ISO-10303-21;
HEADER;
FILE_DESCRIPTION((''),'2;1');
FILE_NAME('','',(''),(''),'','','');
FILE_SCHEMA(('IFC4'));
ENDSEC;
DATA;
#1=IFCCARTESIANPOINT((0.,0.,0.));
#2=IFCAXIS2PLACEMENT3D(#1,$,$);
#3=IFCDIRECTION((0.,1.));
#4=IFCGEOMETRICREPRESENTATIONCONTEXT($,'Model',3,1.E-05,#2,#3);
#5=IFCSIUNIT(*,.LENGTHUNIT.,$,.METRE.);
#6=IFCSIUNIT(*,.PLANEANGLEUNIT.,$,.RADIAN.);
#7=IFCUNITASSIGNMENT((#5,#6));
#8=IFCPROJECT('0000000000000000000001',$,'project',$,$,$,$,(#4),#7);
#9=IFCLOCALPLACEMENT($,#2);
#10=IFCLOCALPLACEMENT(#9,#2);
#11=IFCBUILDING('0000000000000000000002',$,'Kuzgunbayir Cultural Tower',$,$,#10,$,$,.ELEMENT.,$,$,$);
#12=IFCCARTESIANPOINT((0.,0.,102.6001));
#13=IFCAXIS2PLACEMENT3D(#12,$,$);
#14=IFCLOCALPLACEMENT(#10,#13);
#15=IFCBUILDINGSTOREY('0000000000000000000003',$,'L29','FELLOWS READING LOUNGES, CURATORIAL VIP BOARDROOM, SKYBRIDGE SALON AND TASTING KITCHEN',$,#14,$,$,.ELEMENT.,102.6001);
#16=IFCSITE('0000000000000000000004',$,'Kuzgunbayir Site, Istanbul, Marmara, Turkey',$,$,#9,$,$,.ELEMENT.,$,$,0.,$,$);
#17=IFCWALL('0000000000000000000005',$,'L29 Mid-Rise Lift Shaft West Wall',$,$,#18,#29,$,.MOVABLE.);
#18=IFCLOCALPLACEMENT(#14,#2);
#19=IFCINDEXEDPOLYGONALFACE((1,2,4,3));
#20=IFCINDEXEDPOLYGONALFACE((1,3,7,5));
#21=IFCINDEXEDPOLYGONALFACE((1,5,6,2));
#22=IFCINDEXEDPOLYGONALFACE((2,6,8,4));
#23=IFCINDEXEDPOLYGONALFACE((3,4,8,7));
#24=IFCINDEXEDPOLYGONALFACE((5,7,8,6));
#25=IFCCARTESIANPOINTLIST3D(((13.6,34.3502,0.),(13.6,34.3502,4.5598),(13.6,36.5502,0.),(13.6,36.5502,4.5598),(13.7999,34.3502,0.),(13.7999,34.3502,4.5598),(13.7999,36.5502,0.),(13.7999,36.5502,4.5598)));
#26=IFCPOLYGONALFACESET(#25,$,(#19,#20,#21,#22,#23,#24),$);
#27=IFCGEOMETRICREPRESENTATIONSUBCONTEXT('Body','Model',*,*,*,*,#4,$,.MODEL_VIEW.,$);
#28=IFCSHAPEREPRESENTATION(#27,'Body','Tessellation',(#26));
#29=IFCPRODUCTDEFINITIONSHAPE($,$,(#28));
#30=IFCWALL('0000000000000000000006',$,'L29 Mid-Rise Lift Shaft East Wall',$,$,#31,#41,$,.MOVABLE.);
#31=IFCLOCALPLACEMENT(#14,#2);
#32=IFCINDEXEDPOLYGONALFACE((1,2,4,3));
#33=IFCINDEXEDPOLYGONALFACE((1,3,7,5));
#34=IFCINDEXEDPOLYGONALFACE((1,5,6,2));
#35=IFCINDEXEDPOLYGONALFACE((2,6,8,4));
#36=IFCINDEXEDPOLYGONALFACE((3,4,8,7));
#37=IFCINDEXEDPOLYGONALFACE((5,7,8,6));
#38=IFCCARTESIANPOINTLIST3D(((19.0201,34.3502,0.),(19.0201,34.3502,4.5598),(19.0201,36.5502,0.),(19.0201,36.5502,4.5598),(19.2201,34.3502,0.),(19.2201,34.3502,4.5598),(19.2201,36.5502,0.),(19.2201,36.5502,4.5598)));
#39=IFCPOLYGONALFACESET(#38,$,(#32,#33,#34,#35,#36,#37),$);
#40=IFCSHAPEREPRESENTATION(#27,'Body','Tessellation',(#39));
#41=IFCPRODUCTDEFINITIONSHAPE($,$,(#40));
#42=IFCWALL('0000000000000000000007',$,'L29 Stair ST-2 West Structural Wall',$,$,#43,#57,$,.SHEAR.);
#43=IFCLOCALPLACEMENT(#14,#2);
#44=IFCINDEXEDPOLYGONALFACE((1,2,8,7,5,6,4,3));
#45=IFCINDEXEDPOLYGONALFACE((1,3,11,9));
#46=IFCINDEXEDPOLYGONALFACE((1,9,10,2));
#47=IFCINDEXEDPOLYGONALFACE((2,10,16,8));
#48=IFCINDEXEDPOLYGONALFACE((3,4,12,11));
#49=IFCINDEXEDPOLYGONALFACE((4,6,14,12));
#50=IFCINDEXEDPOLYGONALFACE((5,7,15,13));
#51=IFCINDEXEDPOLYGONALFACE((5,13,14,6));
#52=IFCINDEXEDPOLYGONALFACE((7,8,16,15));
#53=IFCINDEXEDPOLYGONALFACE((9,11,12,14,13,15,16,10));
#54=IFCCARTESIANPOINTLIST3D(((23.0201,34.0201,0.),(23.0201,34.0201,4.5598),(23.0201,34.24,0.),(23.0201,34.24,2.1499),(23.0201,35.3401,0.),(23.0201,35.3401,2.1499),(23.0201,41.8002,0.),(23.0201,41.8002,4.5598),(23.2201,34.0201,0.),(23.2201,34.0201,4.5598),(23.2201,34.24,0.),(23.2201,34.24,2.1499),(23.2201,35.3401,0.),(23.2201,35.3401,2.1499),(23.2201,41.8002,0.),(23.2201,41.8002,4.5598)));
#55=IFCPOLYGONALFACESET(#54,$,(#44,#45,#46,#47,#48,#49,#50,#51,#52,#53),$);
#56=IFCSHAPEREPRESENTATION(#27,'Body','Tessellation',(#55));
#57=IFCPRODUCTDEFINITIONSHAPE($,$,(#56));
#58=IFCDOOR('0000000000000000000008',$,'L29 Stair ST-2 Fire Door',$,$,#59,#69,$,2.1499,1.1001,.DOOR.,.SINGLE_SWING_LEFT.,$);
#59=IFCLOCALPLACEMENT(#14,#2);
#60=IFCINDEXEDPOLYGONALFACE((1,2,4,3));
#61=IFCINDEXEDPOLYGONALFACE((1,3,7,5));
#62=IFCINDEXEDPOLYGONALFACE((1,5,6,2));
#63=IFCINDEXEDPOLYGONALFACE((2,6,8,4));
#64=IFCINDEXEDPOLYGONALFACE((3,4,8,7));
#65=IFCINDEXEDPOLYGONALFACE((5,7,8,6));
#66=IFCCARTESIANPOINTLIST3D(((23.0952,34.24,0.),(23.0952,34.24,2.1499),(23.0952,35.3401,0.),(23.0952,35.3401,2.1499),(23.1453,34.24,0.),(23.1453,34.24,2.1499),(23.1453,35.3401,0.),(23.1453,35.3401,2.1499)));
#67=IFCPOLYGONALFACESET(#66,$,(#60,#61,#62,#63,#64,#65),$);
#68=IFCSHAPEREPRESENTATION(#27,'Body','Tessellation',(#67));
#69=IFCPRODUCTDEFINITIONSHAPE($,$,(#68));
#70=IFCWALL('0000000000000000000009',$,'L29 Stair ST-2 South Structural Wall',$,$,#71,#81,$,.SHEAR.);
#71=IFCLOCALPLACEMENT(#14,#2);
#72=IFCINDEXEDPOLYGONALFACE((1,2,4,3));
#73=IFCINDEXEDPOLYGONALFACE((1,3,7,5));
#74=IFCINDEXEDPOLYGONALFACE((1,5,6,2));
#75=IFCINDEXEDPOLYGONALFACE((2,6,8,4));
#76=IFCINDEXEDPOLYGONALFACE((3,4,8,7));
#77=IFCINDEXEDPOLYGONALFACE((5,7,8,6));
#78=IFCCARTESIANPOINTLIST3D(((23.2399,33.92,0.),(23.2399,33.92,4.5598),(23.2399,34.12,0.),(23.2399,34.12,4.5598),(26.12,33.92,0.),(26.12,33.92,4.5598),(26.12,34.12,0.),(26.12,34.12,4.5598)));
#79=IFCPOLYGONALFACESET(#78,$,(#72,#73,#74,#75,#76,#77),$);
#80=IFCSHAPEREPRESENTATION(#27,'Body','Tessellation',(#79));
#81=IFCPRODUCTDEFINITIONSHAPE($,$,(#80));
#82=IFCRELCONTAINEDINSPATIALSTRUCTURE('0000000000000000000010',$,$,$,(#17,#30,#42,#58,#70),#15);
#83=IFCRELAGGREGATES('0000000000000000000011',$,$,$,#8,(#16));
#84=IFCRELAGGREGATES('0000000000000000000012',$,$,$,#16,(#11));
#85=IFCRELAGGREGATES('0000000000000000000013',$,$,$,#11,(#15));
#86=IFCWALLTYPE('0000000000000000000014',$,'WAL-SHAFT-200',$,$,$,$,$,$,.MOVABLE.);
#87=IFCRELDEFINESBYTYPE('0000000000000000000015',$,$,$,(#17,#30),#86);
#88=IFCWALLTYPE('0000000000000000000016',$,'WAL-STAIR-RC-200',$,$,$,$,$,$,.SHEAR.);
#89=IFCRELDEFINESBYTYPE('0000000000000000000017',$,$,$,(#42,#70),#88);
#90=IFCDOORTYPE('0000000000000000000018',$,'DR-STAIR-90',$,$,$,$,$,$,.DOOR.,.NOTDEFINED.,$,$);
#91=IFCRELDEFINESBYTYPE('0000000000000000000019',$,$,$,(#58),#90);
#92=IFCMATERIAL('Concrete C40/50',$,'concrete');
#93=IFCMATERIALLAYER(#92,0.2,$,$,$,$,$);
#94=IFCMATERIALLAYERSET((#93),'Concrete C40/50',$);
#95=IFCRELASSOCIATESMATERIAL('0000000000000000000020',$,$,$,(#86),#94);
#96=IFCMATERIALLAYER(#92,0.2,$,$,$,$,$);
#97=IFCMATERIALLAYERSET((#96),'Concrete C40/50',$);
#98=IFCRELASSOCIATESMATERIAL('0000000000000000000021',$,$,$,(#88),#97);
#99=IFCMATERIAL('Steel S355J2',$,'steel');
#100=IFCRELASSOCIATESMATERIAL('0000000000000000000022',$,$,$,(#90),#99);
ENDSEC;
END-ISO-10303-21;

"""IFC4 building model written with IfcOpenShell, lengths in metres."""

from ifc_helpers import new_model, si_unit, direction, frame, frame_2d, origin, place, context, subcontext, project, spatial, rectangle, extrude, material, layer, layer_set, type_object, element, fill, save


model = new_model("IFC4")

# Units and contexts
model_context = context("Model", 3, precision=1e-05, world=origin(), true_north=direction((0.0, 1.0)))
body_context = subcontext(model_context, "Body", "Model", "MODEL_VIEW")
ifc_project = project(units=[si_unit("LENGTHUNIT", "METRE"), si_unit("PLANEANGLEUNIT", "RADIAN")], contexts=[model_context])

# Site, building, storey
site_placement = place(None, origin())
site = spatial("IfcSite", under=ifc_project, at=site_placement, Name="Kuzgunbayir Site, Istanbul, Marmara, Turkey", CompositionType="ELEMENT", RefElevation=0.0)
building_placement = place(site_placement, origin())
building = spatial("IfcBuilding", under=site, at=building_placement, Name="Kuzgunbayir Cultural Tower", CompositionType="ELEMENT")
storey_placement = place(building_placement, frame((0.0, 0.0, 102.6001)))
storey = spatial("IfcBuildingStorey", under=building, at=storey_placement, Name="L29", Description="FELLOWS READING LOUNGES, CURATORIAL VIP BOARDROOM, SKYBRIDGE SALON AND TASTING KITCHEN", CompositionType="ELEMENT", Elevation=102.6001)

# Shared definitions
ifc_material_1 = material(Name="Steel S355J2", Category="steel")

# Shared definitions
ifc_material_2 = material(Name="Concrete C40/50", Category="concrete")
ifc_layer_1 = layer(ifc_material_2, 0.2)
ifc_layer_set_1 = layer_set([ifc_layer_1], Name="Concrete C40/50")
wall_type_1 = type_object("IfcWallType", Name="WAL-SHAFT-200", PredefinedType="MOVABLE", material=ifc_layer_set_1)

# Walls
for number, where, z_axis, x_axis, name in (
    (1, (13.7, 34.3501, 0.0), (0.0, 0.0, 1.0), (0.0, 1.0, 0.0), "L29 Mid-Rise Lift Shaft West Wall"),
    (2, (19.1201, 34.3501, 0.0), (0.0, 0.0, 1.0), (0.0, 1.0, 0.0), "L29 Mid-Rise Lift Shaft East Wall"),
):
    element("IfcWall", number, at=place(storey_placement, frame(where, z_axis=z_axis, x_axis=x_axis)), inside=storey, type_object=wall_type_1, Name=name, PredefinedType="MOVABLE", context=body_context, shape_type="SweptSolid", body=[
        extrude(rectangle(XDim=2.2, YDim=0.2, at=frame_2d((1.1001, 0.0))), origin(), (0.0, 0.0, 1.0), 4.5598),
    ])

# Wall, opening, door
ifc_layer_2 = layer(ifc_material_2, 0.2)
ifc_layer_set_2 = layer_set([ifc_layer_2], Name="Concrete C40/50")
wall_type_2 = type_object("IfcWallType", Name="WAL-STAIR-RC-200", PredefinedType="SHEAR", material=ifc_layer_set_2)
wall_1_placement = place(storey_placement, frame((23.1201, 34.02, 0.0), z_axis=(0.0, 0.0, 1.0), x_axis=(0.0, 1.0, 0.0)))
wall_1 = element("IfcWall", 3, at=wall_1_placement, inside=storey, type_object=wall_type_2, Name="L29 Stair ST-2 West Structural Wall", PredefinedType="SHEAR", context=body_context, shape_type="SweptSolid", body=[
    extrude(rectangle(XDim=7.78, YDim=0.2, at=frame_2d((3.8901, 0.0))), origin(), (0.0, 0.0, 1.0), 4.5598),
])
opening_1_placement = place(wall_1_placement, frame((0.22, 0.0, 0.0)))
opening_1 = element("IfcOpeningElement", 4, at=opening_1_placement, cuts=wall_1, PredefinedType="OPENING", context=body_context, shape_type="SweptSolid", body=[
    extrude(rectangle(XDim=1.1001, YDim=2.1499, at=frame_2d((0.55, 1.075))), frame((0.0, 0.1099, 0.0), z_axis=(0.0, -1.0, 0.0), x_axis=(1.0, 0.0, 0.0)), (0.0, 0.0, 1.0), 0.22),
])
door_type_1 = type_object("IfcDoorType", Name="DR-STAIR-90", OperationType="NOTDEFINED", PredefinedType="DOOR", material=ifc_material_1)
door_1_placement = place(opening_1_placement, origin())
door_1 = element("IfcDoor", 5, at=door_1_placement, inside=storey, type_object=door_type_1, Name="L29 Stair ST-2 Fire Door", OperationType="SINGLE_SWING_LEFT", OverallHeight=2.1499, OverallWidth=1.1001, PredefinedType="DOOR", context=body_context, shape_type="SweptSolid", body=[
    extrude(rectangle(XDim=1.1001, YDim=2.1499, at=frame_2d((0.55, 1.075))), frame((0.0, 0.0249, 0.0), z_axis=(0.0, -1.0, 0.0), x_axis=(1.0, 0.0, 0.0)), (0.0, 0.0, 1.0), 0.05),
])
fill(opening_1, door_1)

# Wall
wall_2_placement = place(storey_placement, frame((23.24, 34.02, 0.0), z_axis=(0.0, 0.0, 1.0), x_axis=(1.0, 0.0, 0.0)))
element("IfcWall", 6, at=wall_2_placement, inside=storey, type_object=wall_type_2, Name="L29 Stair ST-2 South Structural Wall", PredefinedType="SHEAR", context=body_context, shape_type="SweptSolid", body=[
    extrude(rectangle(XDim=2.8801, YDim=0.2, at=frame_2d((1.4399, 0.0))), origin(), (0.0, 0.0, 1.0), 4.5598),
])

save(model, "model.ifc")
